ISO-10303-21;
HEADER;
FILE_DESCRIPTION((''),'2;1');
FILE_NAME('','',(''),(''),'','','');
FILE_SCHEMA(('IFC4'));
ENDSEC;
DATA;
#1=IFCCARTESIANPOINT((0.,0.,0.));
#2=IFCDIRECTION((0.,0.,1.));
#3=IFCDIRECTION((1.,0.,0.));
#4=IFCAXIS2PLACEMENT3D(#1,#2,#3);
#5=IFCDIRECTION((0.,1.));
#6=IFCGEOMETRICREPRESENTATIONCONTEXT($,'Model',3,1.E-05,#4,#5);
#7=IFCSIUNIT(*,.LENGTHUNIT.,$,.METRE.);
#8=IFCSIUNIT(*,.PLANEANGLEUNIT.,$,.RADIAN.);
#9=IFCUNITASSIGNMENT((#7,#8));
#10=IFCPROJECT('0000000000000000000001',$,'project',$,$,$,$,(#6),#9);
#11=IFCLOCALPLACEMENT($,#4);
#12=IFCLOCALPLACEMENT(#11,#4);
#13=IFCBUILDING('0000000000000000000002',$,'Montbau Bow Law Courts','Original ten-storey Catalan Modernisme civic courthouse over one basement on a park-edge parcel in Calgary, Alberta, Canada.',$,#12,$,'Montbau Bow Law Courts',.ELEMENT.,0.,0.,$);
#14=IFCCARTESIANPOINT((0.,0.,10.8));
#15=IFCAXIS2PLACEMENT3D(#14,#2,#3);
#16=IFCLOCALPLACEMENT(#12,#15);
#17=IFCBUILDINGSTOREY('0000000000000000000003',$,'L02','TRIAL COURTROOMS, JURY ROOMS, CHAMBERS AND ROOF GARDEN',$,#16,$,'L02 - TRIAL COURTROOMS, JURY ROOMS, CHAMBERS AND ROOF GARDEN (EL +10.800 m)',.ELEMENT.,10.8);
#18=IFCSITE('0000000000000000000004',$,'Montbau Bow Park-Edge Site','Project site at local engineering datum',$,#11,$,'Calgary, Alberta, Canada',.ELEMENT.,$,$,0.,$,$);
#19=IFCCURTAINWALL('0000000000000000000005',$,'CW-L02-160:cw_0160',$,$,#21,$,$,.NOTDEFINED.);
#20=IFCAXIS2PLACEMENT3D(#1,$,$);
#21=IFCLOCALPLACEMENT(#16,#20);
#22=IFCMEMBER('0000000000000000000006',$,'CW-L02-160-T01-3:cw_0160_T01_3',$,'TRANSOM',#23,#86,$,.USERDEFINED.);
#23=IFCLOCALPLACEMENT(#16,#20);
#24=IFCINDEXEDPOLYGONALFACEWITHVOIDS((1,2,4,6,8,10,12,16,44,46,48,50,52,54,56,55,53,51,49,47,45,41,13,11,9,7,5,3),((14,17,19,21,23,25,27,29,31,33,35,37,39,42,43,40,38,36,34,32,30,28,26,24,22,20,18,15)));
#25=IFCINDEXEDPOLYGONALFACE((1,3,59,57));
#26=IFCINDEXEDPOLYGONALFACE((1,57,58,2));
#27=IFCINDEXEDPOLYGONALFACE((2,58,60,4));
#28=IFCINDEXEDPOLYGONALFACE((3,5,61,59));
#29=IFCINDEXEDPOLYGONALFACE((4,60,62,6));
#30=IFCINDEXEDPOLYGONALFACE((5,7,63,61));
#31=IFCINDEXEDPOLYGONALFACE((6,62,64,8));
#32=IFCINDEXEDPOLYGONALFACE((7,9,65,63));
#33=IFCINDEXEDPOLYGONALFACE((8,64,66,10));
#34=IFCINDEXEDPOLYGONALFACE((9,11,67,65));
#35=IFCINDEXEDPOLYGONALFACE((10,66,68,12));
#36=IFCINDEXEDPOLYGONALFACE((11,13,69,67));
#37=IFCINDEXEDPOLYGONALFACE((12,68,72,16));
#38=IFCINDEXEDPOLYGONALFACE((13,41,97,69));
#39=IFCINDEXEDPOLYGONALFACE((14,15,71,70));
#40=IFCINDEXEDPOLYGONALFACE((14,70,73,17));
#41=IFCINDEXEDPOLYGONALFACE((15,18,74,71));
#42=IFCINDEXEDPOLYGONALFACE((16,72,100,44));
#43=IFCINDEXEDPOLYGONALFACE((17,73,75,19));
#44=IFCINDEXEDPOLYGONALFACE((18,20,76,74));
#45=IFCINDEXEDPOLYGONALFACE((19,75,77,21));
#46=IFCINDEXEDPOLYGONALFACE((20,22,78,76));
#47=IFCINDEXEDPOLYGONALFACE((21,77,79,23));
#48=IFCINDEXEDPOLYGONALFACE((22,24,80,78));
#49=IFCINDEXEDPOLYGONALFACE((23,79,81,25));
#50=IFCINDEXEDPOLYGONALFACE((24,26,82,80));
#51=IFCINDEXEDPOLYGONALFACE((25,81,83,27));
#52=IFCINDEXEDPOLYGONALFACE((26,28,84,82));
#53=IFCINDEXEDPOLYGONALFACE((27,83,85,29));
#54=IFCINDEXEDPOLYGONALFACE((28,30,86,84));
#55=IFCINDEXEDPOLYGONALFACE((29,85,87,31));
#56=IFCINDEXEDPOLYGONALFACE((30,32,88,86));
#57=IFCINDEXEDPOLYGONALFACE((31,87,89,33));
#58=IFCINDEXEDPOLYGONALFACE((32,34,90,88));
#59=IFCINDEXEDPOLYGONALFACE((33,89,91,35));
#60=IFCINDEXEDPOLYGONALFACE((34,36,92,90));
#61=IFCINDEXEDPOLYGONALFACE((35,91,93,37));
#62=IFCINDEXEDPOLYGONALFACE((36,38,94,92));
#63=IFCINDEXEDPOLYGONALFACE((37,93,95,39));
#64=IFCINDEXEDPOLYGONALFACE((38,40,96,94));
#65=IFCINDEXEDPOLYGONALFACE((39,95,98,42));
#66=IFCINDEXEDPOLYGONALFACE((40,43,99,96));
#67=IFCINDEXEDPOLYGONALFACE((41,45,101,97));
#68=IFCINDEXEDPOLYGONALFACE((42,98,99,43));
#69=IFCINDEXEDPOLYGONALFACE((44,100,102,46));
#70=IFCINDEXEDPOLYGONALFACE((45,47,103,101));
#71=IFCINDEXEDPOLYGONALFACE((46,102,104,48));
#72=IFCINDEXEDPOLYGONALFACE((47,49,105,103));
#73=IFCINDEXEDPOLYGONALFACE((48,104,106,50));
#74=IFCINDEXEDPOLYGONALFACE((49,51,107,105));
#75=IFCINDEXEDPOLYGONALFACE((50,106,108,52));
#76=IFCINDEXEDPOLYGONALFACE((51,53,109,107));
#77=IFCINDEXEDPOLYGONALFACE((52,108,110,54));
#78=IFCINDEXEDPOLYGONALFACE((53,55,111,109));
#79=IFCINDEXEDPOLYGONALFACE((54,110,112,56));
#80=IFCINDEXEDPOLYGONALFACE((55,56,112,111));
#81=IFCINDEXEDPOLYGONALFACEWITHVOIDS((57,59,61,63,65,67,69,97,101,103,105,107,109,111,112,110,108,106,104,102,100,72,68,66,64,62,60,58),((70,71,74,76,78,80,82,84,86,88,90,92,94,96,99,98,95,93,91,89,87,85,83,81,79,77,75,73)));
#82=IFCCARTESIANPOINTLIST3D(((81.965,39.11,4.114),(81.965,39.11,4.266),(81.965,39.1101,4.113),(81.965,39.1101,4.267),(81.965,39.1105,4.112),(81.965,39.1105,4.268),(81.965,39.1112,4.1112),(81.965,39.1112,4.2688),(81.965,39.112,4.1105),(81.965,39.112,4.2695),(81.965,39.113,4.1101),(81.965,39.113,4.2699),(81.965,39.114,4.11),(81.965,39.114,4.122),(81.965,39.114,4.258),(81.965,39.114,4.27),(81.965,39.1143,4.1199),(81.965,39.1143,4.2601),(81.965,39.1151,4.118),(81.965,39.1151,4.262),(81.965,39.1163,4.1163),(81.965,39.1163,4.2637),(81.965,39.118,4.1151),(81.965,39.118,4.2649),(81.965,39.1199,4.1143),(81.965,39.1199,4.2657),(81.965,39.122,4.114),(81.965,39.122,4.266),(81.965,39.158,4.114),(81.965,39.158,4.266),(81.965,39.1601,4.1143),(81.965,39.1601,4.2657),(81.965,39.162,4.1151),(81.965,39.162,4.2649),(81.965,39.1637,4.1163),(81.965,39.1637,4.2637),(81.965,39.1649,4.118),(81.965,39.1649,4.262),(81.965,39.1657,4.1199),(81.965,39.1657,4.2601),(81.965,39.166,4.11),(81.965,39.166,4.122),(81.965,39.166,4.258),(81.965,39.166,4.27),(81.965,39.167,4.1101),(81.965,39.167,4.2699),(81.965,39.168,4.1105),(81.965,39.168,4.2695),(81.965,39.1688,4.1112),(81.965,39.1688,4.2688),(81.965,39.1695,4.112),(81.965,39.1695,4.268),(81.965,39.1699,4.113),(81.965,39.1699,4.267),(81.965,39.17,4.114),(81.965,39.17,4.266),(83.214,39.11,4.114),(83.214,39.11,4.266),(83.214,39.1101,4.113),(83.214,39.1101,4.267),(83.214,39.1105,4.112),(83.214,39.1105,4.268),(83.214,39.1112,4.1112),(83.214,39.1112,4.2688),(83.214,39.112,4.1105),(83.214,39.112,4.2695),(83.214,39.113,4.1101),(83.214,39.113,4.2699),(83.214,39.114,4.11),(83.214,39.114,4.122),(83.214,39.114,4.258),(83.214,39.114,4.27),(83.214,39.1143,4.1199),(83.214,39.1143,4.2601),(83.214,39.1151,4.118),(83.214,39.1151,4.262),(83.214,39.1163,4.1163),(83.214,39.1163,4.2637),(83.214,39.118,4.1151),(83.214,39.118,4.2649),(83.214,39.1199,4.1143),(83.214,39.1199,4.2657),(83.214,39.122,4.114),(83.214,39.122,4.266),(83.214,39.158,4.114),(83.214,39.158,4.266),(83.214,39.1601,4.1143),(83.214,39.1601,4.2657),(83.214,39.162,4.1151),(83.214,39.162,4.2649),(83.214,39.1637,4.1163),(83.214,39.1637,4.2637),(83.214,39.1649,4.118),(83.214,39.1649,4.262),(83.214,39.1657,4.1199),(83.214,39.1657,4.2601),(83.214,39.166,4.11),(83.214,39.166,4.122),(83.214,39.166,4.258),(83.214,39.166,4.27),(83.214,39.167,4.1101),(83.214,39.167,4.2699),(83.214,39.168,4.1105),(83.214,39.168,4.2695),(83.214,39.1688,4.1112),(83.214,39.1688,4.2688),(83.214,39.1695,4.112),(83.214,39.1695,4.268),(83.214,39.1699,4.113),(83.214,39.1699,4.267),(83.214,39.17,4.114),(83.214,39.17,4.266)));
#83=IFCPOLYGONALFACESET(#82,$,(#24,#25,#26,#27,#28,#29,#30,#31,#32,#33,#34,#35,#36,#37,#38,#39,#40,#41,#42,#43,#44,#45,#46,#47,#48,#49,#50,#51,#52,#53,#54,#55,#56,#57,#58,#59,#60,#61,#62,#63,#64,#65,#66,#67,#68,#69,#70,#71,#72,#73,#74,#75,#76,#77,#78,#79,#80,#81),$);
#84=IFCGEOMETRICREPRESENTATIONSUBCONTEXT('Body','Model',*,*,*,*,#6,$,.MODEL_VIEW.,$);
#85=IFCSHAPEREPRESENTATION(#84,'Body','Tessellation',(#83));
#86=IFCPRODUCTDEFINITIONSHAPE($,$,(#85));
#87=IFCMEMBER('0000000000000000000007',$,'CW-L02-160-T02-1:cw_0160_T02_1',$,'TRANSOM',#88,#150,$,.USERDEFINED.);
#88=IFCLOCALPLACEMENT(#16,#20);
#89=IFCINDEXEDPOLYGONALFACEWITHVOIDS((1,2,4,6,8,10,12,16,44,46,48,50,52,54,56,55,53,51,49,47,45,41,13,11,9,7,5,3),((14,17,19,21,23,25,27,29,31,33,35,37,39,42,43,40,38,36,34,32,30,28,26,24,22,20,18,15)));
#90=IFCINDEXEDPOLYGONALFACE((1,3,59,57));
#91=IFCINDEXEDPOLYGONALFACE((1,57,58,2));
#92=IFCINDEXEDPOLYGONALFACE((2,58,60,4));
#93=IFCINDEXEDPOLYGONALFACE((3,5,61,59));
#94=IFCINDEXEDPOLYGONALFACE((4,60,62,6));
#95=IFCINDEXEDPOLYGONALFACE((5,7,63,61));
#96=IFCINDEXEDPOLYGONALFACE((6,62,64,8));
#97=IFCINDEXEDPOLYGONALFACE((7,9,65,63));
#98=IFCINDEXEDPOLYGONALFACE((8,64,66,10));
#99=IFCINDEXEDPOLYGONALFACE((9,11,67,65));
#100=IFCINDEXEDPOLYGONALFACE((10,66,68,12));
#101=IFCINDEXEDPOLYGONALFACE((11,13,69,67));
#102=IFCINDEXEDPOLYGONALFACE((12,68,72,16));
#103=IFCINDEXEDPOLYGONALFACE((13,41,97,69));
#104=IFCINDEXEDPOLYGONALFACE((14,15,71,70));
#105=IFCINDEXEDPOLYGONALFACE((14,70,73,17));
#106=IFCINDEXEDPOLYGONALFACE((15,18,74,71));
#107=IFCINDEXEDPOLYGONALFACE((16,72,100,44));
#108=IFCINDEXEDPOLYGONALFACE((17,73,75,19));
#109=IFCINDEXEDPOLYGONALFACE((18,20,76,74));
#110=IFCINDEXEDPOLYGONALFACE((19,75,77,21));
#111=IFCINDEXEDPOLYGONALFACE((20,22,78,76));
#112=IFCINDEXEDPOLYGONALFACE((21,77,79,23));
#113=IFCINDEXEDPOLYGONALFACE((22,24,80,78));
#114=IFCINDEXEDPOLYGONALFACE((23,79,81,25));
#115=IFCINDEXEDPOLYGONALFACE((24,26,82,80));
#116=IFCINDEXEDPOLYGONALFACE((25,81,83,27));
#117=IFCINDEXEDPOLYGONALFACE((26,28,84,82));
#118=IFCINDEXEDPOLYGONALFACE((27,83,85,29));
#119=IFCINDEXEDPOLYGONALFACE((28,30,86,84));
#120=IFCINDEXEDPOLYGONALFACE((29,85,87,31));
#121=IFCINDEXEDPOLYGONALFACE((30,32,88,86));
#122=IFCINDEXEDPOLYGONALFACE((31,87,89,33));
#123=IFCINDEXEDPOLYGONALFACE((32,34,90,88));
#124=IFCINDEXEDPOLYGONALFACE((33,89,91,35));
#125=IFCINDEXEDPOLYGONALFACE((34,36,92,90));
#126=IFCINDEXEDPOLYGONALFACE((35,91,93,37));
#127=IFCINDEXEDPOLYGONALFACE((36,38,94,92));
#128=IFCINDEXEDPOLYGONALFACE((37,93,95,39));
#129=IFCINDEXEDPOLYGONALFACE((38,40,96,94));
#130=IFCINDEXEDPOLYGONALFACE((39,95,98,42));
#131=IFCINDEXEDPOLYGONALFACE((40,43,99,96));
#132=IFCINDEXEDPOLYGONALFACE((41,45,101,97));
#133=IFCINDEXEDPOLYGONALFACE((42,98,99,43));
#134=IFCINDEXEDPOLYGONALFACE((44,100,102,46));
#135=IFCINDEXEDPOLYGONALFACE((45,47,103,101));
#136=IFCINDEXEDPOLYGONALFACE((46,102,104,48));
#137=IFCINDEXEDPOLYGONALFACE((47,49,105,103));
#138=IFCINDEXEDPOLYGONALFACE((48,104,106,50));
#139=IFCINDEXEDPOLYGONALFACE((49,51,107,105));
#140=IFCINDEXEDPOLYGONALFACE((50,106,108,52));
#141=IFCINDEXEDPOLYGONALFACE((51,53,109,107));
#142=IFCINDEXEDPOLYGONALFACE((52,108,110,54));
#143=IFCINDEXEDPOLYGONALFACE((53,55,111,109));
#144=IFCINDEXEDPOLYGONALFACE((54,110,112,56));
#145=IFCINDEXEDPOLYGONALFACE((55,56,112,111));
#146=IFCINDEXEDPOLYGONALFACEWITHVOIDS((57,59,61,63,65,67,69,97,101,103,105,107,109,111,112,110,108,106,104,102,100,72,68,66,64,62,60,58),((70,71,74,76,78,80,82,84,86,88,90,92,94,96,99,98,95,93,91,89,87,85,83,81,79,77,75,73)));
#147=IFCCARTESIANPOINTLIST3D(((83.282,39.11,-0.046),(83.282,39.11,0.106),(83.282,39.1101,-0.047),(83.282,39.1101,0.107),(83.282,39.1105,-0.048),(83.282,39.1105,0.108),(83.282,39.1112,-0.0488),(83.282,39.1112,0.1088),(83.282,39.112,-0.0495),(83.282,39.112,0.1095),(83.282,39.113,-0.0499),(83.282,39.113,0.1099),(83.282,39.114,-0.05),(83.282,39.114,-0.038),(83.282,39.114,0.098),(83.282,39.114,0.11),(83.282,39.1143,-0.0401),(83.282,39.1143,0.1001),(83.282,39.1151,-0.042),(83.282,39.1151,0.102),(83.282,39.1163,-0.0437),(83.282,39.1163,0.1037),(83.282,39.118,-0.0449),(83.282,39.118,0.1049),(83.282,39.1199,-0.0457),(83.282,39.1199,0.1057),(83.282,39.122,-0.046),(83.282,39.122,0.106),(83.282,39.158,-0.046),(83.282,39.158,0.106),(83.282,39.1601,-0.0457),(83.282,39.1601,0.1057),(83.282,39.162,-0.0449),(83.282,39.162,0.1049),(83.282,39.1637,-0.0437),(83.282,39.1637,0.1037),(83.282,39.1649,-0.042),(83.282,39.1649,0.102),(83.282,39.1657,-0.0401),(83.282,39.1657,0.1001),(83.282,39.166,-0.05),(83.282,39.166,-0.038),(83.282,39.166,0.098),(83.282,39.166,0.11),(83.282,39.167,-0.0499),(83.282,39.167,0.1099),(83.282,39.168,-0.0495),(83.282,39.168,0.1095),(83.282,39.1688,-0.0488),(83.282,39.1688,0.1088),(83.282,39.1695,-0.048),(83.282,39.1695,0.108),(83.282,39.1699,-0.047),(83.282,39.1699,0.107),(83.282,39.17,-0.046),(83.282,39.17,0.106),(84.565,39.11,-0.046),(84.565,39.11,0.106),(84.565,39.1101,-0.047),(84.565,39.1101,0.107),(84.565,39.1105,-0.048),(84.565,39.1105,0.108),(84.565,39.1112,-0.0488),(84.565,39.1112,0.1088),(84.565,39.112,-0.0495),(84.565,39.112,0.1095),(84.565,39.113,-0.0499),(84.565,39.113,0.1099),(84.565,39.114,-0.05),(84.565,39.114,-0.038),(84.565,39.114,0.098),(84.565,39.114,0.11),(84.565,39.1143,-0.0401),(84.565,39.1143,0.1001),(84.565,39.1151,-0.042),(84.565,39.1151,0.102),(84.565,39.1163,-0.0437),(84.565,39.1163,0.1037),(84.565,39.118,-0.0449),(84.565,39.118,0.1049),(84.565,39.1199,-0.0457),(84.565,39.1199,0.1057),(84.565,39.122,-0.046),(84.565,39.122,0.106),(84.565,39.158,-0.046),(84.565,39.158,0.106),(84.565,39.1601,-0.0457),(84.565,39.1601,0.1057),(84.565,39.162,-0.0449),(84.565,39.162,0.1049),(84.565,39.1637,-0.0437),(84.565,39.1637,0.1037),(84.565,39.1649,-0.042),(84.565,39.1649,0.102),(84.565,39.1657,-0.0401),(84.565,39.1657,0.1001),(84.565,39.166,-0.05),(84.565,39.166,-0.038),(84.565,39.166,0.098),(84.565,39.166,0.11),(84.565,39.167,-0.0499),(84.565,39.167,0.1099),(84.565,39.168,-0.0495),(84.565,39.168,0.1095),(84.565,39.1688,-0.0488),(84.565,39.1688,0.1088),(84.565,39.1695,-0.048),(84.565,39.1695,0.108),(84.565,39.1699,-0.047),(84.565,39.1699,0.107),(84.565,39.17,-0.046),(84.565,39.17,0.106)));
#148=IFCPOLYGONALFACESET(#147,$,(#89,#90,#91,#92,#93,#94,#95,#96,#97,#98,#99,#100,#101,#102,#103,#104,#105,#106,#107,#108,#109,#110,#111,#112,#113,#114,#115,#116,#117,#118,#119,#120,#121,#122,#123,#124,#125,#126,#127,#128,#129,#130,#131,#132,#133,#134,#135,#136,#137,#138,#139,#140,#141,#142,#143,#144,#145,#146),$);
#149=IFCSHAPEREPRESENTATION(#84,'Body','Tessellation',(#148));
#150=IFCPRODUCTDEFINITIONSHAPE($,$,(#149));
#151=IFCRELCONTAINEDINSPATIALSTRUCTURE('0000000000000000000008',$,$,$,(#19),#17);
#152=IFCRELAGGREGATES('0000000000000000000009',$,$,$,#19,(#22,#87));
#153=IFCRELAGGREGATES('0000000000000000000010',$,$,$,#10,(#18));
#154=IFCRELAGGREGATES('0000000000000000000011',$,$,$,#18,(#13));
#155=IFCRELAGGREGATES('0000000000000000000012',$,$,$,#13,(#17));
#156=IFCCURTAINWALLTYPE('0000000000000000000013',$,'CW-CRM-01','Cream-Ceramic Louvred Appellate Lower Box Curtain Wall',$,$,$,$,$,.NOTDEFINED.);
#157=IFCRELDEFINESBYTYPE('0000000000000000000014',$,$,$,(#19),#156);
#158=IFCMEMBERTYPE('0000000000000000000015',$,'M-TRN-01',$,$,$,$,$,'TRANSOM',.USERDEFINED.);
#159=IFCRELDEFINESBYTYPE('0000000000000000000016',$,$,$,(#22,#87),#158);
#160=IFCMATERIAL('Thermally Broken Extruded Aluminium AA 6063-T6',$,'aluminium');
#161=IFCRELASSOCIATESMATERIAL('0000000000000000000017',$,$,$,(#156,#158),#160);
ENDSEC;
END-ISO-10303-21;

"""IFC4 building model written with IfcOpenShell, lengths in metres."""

from ifc_helpers import new_model, si_unit, direction, frame, origin_with_axes, origin_2d_with_axis, place, context, subcontext, project, spatial, hollow_rectangle, extrude, material, material_profile, profile_set, type_object, element, aggregate, save


model = new_model("IFC4")

# Units and contexts
model_context = context("Model", 3, precision=1e-05, world=origin_with_axes(), true_north=direction((0.0, 1.0)))
body_context = subcontext(model_context, "Body", "Model", "MODEL_VIEW")
ifc_project = project(units=[si_unit("LENGTHUNIT", "METRE"), si_unit("PLANEANGLEUNIT", "RADIAN")], contexts=[model_context])

# Site, building, storey
site_placement = place(None, origin_with_axes())
site = spatial("IfcSite", under=ifc_project, at=site_placement, Name="Montbau Bow Park-Edge Site", Description="Project site at local engineering datum", LongName="Calgary, Alberta, Canada", CompositionType="ELEMENT", RefElevation=0.0)
building_placement = place(site_placement, origin_with_axes())
building = spatial("IfcBuilding", under=site, at=building_placement, Name="Montbau Bow Law Courts", Description="Original ten-storey Catalan Modernisme civic courthouse over one basement on a park-edge parcel in Calgary, Alberta, Canada.", LongName="Montbau Bow Law Courts", CompositionType="ELEMENT", ElevationOfRefHeight=0.0, ElevationOfTerrain=0.0)
storey_placement = place(building_placement, frame((0.0, 0.0, 10.8), z_axis=(0.0, 0.0, 1.0), x_axis=(1.0, 0.0, 0.0)))
storey = spatial("IfcBuildingStorey", under=building, at=storey_placement, Name="L02", Description="TRIAL COURTROOMS, JURY ROOMS, CHAMBERS AND ROOF GARDEN", LongName="L02 - TRIAL COURTROOMS, JURY ROOMS, CHAMBERS AND ROOF GARDEN (EL +10.800 m)", CompositionType="ELEMENT", Elevation=10.8)

# Shared definitions
ifc_material_1 = material(Name="Thermally Broken Extruded Aluminium AA 6063-T6", Category="aluminium")
curtain_wall_type = type_object("IfcCurtainWallType", Name="CW-CRM-01", Description="Cream-Ceramic Louvred Appellate Lower Box Curtain Wall", PredefinedType="NOTDEFINED", material=ifc_material_1)

# Curtain wall, members
curtain_wall_1_placement = place(None, frame((81.897, 39.14, 10.8), z_axis=(0.0, 0.0, 1.0), x_axis=(1.0, 0.0, 0.0)))
curtain_wall_1 = element("IfcCurtainWall", 1, at=curtain_wall_1_placement, inside=storey, type_object=curtain_wall_type, Name="CW-L02-160:cw_0160", PredefinedType="NOTDEFINED")
ifc_material_profile_1 = material_profile(ifc_material_1, hollow_rectangle(XDim=0.06, YDim=0.16, WallThickness=0.004, InnerFilletRadius=0.008, OuterFilletRadius=0.004, at=origin_2d_with_axis()), Name="CWT-160X60", Category="Main", Priority=0)
ifc_profile_set_1 = profile_set([ifc_material_profile_1], Name="Thermally Broken Extruded Aluminium AA 6063-T6")
member_type_1 = type_object("IfcMemberType", Name="M-TRN-01", ElementType="TRANSOM", PredefinedType="USERDEFINED", material=ifc_profile_set_1)
member_1_placement = place(None, frame((81.965, 39.14, 14.99), z_axis=(1.0, 0.0, 0.0), x_axis=(0.0, 1.0, 0.0)))
member_1 = element("IfcMember", 2, at=member_1_placement, type_object=member_type_1, Name="CW-L02-160-T01-3:cw_0160_T01_3", ObjectType="TRANSOM", PredefinedType="USERDEFINED", context=body_context, shape_type="SweptSolid", body=[
    extrude(hollow_rectangle(XDim=0.06, YDim=0.16, WallThickness=0.004, InnerFilletRadius=0.008, OuterFilletRadius=0.004, at=origin_2d_with_axis()), origin_with_axes(), (0.0, 0.0, 1.0), 1.249),
])
member_2_placement = place(None, frame((83.282, 39.14, 10.83), z_axis=(1.0, 0.0, 0.0), x_axis=(0.0, 1.0, 0.0)))
member_2 = element("IfcMember", 3, at=member_2_placement, type_object=member_type_1, Name="CW-L02-160-T02-1:cw_0160_T02_1", ObjectType="TRANSOM", PredefinedType="USERDEFINED", context=body_context, shape_type="SweptSolid", body=[
    extrude(hollow_rectangle(XDim=0.06, YDim=0.16, WallThickness=0.004, InnerFilletRadius=0.008, OuterFilletRadius=0.004, at=origin_2d_with_axis()), origin_with_axes(), (0.0, 0.0, 1.0), 1.283),
])

aggregate(curtain_wall_1, [member_1, member_2])

save(model, "model.ifc")
